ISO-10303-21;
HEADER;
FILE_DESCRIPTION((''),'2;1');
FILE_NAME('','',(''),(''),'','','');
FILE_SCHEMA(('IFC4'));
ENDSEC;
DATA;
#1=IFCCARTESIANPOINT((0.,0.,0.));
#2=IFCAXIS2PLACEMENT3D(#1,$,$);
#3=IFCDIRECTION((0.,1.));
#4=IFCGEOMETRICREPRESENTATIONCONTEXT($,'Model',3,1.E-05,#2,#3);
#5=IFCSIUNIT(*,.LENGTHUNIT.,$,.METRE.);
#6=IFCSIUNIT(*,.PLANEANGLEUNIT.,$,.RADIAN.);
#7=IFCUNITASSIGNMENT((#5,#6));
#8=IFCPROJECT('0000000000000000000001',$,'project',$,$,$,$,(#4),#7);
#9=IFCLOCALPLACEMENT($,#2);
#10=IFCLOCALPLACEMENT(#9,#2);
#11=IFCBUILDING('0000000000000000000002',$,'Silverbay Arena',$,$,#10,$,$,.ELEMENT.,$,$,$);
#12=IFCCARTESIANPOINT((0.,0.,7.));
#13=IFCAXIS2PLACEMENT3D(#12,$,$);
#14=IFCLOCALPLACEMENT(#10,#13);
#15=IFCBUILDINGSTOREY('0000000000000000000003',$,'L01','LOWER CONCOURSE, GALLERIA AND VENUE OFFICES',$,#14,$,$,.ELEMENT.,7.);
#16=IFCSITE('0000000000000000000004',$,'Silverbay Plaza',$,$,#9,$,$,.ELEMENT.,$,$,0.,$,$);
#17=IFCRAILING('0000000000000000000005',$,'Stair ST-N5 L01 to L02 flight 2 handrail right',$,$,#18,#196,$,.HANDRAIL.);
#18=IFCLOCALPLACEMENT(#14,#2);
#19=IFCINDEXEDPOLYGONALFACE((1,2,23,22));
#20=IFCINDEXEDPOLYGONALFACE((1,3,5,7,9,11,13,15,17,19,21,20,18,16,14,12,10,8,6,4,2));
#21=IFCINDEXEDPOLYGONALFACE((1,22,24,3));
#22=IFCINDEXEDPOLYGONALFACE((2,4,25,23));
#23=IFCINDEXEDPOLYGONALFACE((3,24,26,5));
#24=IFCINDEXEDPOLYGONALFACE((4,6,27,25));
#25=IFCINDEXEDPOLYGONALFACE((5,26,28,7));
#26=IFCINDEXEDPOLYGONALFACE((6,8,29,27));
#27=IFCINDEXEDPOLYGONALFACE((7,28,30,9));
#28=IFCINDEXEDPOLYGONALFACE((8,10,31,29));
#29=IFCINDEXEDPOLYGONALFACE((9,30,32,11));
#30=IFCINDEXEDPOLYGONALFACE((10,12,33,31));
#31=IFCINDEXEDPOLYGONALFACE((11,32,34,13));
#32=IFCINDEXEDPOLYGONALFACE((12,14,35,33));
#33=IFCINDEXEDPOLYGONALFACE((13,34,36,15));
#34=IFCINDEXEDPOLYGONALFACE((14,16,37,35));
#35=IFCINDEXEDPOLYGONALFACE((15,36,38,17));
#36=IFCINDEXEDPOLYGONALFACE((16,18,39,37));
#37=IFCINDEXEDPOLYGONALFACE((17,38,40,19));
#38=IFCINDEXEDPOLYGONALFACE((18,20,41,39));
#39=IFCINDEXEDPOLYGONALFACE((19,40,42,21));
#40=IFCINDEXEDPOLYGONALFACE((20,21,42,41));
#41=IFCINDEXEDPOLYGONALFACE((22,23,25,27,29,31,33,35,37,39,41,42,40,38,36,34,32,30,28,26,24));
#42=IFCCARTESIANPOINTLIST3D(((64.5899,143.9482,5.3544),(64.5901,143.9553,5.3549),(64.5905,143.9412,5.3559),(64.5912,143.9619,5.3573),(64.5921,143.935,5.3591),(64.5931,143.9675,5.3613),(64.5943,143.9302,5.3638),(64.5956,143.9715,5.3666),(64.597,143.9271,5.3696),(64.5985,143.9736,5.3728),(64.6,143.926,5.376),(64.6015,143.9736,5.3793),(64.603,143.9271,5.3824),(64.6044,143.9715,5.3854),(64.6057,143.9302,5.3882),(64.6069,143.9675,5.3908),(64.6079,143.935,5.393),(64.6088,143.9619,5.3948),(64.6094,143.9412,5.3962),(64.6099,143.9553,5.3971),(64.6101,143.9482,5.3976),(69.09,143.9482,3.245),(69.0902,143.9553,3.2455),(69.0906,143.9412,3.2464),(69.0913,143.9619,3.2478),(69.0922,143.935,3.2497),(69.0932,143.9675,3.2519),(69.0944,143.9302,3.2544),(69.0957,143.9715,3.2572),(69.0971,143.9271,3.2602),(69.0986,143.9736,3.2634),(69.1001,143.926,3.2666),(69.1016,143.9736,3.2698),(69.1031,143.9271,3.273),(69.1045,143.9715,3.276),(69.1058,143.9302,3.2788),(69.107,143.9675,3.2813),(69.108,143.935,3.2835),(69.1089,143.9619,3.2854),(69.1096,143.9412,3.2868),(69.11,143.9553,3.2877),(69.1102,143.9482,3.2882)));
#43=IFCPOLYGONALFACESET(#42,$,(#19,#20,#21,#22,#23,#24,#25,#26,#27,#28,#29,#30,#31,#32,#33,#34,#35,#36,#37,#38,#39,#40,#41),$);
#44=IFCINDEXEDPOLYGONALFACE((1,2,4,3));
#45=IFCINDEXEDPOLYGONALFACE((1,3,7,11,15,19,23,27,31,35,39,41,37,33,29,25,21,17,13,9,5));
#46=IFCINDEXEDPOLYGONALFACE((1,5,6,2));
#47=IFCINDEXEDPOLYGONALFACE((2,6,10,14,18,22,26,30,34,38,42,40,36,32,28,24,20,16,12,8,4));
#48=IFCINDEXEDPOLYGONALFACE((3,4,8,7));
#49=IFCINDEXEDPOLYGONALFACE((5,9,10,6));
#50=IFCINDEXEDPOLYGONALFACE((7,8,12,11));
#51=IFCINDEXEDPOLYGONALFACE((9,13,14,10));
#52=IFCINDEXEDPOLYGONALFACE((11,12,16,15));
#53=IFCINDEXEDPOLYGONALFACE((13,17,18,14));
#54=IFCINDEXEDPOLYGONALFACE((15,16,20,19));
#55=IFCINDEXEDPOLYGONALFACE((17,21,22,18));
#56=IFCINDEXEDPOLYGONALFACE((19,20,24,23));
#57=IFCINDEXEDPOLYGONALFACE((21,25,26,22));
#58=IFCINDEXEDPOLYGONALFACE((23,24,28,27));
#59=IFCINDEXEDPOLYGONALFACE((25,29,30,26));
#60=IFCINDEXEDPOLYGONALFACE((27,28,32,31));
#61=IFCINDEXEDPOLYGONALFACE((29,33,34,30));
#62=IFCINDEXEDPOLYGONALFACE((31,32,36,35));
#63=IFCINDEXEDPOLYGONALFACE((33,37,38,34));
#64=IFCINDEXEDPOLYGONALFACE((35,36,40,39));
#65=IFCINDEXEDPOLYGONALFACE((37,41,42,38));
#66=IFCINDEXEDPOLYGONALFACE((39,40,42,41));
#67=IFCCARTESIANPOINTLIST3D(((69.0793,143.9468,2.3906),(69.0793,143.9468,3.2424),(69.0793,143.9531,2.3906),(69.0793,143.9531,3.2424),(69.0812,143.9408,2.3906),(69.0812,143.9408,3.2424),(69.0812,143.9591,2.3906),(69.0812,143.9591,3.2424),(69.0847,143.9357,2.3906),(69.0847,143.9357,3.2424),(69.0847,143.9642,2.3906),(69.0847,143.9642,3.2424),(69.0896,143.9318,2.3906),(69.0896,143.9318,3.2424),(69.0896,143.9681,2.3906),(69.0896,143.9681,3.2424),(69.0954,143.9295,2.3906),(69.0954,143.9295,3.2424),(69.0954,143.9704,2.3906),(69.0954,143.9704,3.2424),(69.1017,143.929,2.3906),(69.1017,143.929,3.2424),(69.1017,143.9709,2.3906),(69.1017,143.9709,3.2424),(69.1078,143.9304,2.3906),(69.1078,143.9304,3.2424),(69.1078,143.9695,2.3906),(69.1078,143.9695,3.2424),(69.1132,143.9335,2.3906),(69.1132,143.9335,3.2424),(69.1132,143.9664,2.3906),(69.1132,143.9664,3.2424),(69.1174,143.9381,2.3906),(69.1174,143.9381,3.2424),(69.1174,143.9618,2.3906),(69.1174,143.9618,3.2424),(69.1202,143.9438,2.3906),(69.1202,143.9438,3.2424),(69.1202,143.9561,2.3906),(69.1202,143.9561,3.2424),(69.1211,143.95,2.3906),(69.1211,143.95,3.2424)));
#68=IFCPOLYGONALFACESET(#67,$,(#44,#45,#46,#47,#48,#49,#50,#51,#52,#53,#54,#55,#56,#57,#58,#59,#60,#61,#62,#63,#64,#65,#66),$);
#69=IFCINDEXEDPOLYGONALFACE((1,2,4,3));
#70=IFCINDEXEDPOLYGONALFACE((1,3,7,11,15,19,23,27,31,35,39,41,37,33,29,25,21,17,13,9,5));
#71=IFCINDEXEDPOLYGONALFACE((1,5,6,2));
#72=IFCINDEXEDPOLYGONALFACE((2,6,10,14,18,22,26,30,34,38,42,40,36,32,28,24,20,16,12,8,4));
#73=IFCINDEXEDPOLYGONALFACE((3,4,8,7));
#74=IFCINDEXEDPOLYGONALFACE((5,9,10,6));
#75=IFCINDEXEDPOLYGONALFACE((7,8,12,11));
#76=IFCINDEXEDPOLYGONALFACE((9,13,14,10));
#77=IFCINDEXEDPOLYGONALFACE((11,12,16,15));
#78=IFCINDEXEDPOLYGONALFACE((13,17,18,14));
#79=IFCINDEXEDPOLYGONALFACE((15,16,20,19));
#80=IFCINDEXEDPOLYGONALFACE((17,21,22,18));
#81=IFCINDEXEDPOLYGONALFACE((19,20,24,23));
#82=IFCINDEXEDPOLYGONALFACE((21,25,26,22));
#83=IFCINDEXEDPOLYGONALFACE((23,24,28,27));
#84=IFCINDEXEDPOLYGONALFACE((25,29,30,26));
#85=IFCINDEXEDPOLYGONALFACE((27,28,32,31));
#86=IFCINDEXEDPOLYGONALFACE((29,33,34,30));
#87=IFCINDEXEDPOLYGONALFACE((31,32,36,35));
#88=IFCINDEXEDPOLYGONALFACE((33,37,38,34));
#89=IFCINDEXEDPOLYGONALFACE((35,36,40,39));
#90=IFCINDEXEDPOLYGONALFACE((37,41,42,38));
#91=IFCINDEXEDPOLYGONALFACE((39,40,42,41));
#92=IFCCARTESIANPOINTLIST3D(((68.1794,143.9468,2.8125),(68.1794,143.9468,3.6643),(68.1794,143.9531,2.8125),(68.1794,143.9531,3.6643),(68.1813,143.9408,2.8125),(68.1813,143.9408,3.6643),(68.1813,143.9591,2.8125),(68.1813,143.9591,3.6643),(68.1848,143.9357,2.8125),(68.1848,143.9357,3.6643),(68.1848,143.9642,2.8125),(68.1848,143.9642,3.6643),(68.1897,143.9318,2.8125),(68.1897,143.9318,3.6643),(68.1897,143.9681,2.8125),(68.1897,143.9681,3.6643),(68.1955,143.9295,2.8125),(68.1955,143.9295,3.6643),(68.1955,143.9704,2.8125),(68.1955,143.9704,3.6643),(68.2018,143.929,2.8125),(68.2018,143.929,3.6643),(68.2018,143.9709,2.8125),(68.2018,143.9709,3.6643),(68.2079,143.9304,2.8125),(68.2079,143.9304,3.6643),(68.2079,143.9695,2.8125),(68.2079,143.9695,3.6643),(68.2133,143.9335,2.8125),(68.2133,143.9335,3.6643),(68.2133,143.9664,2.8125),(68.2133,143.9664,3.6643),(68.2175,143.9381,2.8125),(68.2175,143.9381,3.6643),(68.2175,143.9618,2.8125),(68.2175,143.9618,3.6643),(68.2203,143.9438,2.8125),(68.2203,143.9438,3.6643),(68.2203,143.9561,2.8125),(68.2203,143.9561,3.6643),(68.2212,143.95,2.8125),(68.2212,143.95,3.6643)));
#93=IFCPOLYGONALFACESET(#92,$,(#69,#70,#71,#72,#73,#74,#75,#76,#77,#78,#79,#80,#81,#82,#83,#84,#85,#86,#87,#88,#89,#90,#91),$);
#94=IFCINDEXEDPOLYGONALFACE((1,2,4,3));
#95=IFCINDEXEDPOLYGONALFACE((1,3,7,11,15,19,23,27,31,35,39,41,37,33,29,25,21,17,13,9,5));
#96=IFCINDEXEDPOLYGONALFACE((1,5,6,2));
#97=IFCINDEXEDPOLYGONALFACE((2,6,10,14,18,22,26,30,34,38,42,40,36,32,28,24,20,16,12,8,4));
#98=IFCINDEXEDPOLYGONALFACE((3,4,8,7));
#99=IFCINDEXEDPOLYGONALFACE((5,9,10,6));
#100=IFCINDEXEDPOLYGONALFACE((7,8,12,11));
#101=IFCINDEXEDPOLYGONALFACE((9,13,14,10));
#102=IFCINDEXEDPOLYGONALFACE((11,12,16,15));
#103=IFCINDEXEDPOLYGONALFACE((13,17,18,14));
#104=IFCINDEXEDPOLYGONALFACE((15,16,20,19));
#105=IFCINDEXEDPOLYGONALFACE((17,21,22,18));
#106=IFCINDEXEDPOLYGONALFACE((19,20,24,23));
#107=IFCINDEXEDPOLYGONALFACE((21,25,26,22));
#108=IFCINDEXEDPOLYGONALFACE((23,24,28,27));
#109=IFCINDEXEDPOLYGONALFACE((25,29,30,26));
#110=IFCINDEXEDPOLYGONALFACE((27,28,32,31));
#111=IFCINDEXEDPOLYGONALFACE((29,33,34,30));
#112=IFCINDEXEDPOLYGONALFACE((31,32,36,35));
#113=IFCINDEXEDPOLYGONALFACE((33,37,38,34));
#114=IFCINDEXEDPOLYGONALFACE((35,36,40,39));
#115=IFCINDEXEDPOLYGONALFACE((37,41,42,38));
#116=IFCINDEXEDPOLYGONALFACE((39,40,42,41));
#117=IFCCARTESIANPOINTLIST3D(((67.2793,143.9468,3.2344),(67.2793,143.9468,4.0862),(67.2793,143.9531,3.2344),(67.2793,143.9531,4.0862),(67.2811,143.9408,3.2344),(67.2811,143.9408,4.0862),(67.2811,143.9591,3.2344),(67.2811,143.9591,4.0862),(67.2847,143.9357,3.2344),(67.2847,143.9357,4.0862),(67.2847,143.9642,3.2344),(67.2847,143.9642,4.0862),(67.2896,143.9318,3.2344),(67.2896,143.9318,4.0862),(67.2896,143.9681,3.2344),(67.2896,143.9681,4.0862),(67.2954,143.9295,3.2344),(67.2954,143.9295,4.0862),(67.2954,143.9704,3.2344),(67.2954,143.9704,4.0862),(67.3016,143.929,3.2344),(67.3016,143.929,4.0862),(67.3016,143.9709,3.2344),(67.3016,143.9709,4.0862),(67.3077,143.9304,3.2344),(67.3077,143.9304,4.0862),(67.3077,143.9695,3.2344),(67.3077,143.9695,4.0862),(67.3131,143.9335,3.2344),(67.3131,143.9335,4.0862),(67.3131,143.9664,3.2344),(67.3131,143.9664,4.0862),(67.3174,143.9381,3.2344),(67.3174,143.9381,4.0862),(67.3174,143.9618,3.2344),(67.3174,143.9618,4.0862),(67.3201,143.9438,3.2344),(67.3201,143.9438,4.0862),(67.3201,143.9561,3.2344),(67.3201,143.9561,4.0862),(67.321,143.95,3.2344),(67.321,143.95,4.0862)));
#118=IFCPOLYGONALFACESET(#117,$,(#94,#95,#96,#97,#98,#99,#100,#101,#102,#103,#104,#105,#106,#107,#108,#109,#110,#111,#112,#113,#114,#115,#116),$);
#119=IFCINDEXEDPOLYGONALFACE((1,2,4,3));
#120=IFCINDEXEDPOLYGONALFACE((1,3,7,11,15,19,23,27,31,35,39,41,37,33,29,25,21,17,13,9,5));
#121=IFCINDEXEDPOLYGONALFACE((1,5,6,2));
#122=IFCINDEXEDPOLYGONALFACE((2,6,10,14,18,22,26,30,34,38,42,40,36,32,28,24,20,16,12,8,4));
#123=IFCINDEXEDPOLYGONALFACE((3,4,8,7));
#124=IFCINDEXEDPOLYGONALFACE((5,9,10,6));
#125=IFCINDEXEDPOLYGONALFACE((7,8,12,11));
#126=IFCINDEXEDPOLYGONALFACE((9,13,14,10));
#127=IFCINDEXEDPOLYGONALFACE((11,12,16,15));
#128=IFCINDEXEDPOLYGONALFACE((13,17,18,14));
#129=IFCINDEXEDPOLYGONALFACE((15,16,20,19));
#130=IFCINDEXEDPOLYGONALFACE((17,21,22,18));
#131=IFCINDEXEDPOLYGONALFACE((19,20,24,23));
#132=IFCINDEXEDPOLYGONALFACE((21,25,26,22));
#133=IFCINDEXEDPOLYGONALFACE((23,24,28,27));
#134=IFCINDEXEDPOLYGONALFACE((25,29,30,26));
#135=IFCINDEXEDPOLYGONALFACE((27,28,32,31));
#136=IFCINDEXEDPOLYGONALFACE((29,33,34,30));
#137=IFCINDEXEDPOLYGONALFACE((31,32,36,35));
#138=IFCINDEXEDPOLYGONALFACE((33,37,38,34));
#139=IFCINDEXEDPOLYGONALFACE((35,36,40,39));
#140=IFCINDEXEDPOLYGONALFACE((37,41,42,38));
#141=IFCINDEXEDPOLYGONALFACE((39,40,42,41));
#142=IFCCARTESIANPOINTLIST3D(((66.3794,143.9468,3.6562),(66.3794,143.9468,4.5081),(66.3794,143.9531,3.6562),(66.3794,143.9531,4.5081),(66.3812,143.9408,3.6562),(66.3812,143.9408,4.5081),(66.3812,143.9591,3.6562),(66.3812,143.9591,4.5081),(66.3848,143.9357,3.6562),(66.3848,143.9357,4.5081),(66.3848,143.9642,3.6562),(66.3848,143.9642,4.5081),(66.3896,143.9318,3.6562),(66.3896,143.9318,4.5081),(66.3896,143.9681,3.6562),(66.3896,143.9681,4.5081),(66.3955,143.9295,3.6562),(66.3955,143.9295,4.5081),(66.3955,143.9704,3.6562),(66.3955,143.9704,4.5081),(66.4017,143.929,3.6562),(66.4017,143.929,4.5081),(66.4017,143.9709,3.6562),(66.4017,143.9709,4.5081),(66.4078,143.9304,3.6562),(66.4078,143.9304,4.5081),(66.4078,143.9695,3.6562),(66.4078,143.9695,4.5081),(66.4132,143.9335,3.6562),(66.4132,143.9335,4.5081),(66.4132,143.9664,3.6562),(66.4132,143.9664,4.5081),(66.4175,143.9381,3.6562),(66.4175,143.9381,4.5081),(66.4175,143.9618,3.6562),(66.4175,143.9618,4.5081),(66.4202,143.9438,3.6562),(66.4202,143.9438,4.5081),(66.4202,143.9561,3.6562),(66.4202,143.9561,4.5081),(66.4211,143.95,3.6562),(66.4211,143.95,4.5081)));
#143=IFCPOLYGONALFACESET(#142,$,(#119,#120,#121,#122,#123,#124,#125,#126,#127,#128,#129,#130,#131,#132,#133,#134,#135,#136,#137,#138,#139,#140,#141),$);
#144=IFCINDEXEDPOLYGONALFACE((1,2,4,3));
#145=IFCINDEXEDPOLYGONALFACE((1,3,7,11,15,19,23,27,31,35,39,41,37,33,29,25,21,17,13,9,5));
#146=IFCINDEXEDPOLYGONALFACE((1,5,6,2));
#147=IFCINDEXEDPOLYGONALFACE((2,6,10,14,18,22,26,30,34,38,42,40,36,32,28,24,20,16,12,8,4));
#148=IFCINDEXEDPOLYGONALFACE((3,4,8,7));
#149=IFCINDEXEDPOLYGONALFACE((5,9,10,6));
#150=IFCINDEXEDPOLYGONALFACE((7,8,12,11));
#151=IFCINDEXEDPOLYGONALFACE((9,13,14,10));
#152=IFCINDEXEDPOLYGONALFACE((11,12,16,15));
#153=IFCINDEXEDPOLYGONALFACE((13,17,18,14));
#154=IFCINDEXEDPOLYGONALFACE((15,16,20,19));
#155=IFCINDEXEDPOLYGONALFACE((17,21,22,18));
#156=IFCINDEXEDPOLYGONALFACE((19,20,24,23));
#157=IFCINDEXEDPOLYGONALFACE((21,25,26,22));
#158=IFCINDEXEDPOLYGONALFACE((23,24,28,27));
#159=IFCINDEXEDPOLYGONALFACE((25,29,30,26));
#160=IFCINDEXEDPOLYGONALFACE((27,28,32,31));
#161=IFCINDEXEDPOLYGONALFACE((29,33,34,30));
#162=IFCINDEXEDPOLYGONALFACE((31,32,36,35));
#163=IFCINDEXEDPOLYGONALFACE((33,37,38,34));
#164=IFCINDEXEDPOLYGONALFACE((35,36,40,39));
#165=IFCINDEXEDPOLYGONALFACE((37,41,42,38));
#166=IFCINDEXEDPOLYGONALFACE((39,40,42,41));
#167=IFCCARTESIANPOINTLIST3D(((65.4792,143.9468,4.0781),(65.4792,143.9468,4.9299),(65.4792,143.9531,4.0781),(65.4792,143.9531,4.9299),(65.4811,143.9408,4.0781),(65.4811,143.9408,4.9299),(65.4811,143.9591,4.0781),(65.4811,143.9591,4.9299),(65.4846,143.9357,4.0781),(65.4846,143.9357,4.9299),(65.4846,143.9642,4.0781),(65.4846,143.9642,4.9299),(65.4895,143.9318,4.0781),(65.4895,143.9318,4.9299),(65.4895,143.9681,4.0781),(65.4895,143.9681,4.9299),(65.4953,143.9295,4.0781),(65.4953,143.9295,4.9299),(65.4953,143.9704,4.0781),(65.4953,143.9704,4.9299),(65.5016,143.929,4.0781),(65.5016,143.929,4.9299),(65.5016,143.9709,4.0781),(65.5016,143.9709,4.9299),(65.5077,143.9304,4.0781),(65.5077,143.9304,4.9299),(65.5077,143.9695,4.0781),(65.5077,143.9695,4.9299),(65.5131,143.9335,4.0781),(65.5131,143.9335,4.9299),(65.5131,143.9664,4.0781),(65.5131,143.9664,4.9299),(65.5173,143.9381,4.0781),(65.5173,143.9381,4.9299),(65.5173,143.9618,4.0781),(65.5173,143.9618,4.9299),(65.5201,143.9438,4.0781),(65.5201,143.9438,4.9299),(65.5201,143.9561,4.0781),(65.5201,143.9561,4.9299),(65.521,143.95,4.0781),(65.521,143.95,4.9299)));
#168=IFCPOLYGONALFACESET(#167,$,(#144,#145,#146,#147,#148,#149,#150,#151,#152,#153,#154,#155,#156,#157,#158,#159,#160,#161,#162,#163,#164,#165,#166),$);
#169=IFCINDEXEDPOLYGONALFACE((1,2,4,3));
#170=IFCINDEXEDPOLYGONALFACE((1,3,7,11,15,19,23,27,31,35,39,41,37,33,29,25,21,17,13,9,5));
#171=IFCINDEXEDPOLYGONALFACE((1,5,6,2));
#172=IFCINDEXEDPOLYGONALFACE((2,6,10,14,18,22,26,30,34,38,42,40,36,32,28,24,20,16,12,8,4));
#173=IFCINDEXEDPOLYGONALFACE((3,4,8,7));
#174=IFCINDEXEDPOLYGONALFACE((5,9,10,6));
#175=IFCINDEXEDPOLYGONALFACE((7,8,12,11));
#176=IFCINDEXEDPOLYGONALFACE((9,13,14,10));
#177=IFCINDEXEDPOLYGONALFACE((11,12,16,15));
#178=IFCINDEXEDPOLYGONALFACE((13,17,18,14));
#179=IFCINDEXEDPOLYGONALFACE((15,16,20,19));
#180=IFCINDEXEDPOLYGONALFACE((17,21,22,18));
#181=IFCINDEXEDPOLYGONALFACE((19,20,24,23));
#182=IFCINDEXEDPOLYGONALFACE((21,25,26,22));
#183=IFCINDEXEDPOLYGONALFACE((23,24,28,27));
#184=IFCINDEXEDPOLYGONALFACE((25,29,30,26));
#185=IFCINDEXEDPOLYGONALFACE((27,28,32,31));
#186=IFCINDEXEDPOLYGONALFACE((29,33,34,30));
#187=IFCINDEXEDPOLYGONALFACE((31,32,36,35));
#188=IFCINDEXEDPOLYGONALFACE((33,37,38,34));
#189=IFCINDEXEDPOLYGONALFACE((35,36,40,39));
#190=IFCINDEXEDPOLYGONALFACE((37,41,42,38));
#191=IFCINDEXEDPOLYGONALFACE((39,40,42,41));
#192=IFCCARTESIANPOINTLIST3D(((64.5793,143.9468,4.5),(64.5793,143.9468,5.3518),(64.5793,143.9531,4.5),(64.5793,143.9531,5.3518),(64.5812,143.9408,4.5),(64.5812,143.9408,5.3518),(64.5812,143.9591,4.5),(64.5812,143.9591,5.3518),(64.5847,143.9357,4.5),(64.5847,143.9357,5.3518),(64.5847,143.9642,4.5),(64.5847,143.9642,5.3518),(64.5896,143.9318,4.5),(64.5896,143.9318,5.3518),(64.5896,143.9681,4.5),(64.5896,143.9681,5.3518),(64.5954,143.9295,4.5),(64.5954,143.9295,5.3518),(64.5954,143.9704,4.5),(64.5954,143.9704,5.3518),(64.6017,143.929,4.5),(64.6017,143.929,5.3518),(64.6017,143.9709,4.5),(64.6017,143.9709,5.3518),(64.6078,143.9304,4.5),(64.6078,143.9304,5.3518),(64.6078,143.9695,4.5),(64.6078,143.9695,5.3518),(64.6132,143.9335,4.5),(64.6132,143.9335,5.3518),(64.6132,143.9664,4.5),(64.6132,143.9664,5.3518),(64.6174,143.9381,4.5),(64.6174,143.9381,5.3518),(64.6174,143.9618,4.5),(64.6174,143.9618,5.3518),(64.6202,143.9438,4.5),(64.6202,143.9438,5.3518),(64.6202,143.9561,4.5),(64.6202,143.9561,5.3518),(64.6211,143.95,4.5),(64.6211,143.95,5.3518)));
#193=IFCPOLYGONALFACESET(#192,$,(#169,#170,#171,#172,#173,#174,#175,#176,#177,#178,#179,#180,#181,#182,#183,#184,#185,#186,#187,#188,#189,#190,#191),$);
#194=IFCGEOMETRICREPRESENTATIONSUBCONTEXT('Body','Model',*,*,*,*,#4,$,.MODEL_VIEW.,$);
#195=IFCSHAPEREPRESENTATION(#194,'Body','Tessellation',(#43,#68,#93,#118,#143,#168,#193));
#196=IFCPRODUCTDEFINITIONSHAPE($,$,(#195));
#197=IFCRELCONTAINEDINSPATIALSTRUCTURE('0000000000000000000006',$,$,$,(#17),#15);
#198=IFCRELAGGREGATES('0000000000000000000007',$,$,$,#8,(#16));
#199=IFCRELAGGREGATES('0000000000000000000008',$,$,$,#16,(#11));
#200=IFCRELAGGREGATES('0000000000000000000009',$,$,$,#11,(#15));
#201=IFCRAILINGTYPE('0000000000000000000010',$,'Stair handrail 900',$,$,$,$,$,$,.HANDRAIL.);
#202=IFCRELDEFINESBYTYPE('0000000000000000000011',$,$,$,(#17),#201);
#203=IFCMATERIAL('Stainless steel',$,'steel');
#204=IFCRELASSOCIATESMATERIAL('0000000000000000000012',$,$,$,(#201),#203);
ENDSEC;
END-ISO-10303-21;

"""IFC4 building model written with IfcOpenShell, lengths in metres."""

from ifc_helpers import new_model, si_unit, direction, frame, origin, origin_2d, place, context, subcontext, project, spatial, circle, extrude, material, type_object, element, save


model = new_model("IFC4")

# Units and contexts
model_context = context("Model", 3, precision=1e-05, world=origin(), true_north=direction((0.0, 1.0)))
body_context = subcontext(model_context, "Body", "Model", "MODEL_VIEW")
ifc_project = project(units=[si_unit("LENGTHUNIT", "METRE"), si_unit("PLANEANGLEUNIT", "RADIAN")], contexts=[model_context])

# Site, building, storey
site_placement = place(None, origin())
site = spatial("IfcSite", under=ifc_project, at=site_placement, Name="Silverbay Plaza", CompositionType="ELEMENT", RefElevation=0.0)
building_placement = place(site_placement, origin())
building = spatial("IfcBuilding", under=site, at=building_placement, Name="Silverbay Arena", CompositionType="ELEMENT")
storey_placement = place(building_placement, frame((0.0, 0.0, 7.0)))
storey = spatial("IfcBuildingStorey", under=building, at=storey_placement, Name="L01", Description="LOWER CONCOURSE, GALLERIA AND VENUE OFFICES", CompositionType="ELEMENT", Elevation=7.0)

# Railing
ifc_material_1 = material(Name="Stainless steel", Category="steel")
railing_type_1 = type_object("IfcRailingType", Name="Stair handrail 900", PredefinedType="HANDRAIL", material=ifc_material_1)
for number, where, name in (
    (1, (69.1001, 143.95, 2.3906), "Stair ST-N5 L01 to L02 flight 2 handrail right"),
):
    element("IfcRailing", number, at=place(storey_placement, frame(where)), inside=storey, type_object=railing_type_1, Name=name, PredefinedType="HANDRAIL", context=body_context, shape_type="SweptSolid", body=[
        extrude(circle(Radius=0.0239, at=origin_2d()), frame((0.0, 0.0, 0.876), z_axis=(-0.905459, 0.0, 0.424434), x_axis=(0.0, -1.0, 0.0)), (0.0, 0.0, 1.0), 4.97),
        extrude(circle(Radius=0.021, at=origin_2d()), origin(), (0.0, 0.0, 1.0), 0.8518),
        extrude(circle(Radius=0.021, at=origin_2d()), frame((-0.8999, 0.0, 0.4219)), (0.0, 0.0, 1.0), 0.8518),
        extrude(circle(Radius=0.021, at=origin_2d()), frame((-1.8, 0.0, 0.8438)), (0.0, 0.0, 1.0), 0.8518),
        extrude(circle(Radius=0.021, at=origin_2d()), frame((-2.7, 0.0, 1.2656)), (0.0, 0.0, 1.0), 0.8518),
        extrude(circle(Radius=0.021, at=origin_2d()), frame((-3.6001, 0.0, 1.6875)), (0.0, 0.0, 1.0), 0.8518),
        extrude(circle(Radius=0.021, at=origin_2d()), frame((-4.5, 0.0, 2.1094)), (0.0, 0.0, 1.0), 0.8518),
    ])

save(model, "model.ifc")
